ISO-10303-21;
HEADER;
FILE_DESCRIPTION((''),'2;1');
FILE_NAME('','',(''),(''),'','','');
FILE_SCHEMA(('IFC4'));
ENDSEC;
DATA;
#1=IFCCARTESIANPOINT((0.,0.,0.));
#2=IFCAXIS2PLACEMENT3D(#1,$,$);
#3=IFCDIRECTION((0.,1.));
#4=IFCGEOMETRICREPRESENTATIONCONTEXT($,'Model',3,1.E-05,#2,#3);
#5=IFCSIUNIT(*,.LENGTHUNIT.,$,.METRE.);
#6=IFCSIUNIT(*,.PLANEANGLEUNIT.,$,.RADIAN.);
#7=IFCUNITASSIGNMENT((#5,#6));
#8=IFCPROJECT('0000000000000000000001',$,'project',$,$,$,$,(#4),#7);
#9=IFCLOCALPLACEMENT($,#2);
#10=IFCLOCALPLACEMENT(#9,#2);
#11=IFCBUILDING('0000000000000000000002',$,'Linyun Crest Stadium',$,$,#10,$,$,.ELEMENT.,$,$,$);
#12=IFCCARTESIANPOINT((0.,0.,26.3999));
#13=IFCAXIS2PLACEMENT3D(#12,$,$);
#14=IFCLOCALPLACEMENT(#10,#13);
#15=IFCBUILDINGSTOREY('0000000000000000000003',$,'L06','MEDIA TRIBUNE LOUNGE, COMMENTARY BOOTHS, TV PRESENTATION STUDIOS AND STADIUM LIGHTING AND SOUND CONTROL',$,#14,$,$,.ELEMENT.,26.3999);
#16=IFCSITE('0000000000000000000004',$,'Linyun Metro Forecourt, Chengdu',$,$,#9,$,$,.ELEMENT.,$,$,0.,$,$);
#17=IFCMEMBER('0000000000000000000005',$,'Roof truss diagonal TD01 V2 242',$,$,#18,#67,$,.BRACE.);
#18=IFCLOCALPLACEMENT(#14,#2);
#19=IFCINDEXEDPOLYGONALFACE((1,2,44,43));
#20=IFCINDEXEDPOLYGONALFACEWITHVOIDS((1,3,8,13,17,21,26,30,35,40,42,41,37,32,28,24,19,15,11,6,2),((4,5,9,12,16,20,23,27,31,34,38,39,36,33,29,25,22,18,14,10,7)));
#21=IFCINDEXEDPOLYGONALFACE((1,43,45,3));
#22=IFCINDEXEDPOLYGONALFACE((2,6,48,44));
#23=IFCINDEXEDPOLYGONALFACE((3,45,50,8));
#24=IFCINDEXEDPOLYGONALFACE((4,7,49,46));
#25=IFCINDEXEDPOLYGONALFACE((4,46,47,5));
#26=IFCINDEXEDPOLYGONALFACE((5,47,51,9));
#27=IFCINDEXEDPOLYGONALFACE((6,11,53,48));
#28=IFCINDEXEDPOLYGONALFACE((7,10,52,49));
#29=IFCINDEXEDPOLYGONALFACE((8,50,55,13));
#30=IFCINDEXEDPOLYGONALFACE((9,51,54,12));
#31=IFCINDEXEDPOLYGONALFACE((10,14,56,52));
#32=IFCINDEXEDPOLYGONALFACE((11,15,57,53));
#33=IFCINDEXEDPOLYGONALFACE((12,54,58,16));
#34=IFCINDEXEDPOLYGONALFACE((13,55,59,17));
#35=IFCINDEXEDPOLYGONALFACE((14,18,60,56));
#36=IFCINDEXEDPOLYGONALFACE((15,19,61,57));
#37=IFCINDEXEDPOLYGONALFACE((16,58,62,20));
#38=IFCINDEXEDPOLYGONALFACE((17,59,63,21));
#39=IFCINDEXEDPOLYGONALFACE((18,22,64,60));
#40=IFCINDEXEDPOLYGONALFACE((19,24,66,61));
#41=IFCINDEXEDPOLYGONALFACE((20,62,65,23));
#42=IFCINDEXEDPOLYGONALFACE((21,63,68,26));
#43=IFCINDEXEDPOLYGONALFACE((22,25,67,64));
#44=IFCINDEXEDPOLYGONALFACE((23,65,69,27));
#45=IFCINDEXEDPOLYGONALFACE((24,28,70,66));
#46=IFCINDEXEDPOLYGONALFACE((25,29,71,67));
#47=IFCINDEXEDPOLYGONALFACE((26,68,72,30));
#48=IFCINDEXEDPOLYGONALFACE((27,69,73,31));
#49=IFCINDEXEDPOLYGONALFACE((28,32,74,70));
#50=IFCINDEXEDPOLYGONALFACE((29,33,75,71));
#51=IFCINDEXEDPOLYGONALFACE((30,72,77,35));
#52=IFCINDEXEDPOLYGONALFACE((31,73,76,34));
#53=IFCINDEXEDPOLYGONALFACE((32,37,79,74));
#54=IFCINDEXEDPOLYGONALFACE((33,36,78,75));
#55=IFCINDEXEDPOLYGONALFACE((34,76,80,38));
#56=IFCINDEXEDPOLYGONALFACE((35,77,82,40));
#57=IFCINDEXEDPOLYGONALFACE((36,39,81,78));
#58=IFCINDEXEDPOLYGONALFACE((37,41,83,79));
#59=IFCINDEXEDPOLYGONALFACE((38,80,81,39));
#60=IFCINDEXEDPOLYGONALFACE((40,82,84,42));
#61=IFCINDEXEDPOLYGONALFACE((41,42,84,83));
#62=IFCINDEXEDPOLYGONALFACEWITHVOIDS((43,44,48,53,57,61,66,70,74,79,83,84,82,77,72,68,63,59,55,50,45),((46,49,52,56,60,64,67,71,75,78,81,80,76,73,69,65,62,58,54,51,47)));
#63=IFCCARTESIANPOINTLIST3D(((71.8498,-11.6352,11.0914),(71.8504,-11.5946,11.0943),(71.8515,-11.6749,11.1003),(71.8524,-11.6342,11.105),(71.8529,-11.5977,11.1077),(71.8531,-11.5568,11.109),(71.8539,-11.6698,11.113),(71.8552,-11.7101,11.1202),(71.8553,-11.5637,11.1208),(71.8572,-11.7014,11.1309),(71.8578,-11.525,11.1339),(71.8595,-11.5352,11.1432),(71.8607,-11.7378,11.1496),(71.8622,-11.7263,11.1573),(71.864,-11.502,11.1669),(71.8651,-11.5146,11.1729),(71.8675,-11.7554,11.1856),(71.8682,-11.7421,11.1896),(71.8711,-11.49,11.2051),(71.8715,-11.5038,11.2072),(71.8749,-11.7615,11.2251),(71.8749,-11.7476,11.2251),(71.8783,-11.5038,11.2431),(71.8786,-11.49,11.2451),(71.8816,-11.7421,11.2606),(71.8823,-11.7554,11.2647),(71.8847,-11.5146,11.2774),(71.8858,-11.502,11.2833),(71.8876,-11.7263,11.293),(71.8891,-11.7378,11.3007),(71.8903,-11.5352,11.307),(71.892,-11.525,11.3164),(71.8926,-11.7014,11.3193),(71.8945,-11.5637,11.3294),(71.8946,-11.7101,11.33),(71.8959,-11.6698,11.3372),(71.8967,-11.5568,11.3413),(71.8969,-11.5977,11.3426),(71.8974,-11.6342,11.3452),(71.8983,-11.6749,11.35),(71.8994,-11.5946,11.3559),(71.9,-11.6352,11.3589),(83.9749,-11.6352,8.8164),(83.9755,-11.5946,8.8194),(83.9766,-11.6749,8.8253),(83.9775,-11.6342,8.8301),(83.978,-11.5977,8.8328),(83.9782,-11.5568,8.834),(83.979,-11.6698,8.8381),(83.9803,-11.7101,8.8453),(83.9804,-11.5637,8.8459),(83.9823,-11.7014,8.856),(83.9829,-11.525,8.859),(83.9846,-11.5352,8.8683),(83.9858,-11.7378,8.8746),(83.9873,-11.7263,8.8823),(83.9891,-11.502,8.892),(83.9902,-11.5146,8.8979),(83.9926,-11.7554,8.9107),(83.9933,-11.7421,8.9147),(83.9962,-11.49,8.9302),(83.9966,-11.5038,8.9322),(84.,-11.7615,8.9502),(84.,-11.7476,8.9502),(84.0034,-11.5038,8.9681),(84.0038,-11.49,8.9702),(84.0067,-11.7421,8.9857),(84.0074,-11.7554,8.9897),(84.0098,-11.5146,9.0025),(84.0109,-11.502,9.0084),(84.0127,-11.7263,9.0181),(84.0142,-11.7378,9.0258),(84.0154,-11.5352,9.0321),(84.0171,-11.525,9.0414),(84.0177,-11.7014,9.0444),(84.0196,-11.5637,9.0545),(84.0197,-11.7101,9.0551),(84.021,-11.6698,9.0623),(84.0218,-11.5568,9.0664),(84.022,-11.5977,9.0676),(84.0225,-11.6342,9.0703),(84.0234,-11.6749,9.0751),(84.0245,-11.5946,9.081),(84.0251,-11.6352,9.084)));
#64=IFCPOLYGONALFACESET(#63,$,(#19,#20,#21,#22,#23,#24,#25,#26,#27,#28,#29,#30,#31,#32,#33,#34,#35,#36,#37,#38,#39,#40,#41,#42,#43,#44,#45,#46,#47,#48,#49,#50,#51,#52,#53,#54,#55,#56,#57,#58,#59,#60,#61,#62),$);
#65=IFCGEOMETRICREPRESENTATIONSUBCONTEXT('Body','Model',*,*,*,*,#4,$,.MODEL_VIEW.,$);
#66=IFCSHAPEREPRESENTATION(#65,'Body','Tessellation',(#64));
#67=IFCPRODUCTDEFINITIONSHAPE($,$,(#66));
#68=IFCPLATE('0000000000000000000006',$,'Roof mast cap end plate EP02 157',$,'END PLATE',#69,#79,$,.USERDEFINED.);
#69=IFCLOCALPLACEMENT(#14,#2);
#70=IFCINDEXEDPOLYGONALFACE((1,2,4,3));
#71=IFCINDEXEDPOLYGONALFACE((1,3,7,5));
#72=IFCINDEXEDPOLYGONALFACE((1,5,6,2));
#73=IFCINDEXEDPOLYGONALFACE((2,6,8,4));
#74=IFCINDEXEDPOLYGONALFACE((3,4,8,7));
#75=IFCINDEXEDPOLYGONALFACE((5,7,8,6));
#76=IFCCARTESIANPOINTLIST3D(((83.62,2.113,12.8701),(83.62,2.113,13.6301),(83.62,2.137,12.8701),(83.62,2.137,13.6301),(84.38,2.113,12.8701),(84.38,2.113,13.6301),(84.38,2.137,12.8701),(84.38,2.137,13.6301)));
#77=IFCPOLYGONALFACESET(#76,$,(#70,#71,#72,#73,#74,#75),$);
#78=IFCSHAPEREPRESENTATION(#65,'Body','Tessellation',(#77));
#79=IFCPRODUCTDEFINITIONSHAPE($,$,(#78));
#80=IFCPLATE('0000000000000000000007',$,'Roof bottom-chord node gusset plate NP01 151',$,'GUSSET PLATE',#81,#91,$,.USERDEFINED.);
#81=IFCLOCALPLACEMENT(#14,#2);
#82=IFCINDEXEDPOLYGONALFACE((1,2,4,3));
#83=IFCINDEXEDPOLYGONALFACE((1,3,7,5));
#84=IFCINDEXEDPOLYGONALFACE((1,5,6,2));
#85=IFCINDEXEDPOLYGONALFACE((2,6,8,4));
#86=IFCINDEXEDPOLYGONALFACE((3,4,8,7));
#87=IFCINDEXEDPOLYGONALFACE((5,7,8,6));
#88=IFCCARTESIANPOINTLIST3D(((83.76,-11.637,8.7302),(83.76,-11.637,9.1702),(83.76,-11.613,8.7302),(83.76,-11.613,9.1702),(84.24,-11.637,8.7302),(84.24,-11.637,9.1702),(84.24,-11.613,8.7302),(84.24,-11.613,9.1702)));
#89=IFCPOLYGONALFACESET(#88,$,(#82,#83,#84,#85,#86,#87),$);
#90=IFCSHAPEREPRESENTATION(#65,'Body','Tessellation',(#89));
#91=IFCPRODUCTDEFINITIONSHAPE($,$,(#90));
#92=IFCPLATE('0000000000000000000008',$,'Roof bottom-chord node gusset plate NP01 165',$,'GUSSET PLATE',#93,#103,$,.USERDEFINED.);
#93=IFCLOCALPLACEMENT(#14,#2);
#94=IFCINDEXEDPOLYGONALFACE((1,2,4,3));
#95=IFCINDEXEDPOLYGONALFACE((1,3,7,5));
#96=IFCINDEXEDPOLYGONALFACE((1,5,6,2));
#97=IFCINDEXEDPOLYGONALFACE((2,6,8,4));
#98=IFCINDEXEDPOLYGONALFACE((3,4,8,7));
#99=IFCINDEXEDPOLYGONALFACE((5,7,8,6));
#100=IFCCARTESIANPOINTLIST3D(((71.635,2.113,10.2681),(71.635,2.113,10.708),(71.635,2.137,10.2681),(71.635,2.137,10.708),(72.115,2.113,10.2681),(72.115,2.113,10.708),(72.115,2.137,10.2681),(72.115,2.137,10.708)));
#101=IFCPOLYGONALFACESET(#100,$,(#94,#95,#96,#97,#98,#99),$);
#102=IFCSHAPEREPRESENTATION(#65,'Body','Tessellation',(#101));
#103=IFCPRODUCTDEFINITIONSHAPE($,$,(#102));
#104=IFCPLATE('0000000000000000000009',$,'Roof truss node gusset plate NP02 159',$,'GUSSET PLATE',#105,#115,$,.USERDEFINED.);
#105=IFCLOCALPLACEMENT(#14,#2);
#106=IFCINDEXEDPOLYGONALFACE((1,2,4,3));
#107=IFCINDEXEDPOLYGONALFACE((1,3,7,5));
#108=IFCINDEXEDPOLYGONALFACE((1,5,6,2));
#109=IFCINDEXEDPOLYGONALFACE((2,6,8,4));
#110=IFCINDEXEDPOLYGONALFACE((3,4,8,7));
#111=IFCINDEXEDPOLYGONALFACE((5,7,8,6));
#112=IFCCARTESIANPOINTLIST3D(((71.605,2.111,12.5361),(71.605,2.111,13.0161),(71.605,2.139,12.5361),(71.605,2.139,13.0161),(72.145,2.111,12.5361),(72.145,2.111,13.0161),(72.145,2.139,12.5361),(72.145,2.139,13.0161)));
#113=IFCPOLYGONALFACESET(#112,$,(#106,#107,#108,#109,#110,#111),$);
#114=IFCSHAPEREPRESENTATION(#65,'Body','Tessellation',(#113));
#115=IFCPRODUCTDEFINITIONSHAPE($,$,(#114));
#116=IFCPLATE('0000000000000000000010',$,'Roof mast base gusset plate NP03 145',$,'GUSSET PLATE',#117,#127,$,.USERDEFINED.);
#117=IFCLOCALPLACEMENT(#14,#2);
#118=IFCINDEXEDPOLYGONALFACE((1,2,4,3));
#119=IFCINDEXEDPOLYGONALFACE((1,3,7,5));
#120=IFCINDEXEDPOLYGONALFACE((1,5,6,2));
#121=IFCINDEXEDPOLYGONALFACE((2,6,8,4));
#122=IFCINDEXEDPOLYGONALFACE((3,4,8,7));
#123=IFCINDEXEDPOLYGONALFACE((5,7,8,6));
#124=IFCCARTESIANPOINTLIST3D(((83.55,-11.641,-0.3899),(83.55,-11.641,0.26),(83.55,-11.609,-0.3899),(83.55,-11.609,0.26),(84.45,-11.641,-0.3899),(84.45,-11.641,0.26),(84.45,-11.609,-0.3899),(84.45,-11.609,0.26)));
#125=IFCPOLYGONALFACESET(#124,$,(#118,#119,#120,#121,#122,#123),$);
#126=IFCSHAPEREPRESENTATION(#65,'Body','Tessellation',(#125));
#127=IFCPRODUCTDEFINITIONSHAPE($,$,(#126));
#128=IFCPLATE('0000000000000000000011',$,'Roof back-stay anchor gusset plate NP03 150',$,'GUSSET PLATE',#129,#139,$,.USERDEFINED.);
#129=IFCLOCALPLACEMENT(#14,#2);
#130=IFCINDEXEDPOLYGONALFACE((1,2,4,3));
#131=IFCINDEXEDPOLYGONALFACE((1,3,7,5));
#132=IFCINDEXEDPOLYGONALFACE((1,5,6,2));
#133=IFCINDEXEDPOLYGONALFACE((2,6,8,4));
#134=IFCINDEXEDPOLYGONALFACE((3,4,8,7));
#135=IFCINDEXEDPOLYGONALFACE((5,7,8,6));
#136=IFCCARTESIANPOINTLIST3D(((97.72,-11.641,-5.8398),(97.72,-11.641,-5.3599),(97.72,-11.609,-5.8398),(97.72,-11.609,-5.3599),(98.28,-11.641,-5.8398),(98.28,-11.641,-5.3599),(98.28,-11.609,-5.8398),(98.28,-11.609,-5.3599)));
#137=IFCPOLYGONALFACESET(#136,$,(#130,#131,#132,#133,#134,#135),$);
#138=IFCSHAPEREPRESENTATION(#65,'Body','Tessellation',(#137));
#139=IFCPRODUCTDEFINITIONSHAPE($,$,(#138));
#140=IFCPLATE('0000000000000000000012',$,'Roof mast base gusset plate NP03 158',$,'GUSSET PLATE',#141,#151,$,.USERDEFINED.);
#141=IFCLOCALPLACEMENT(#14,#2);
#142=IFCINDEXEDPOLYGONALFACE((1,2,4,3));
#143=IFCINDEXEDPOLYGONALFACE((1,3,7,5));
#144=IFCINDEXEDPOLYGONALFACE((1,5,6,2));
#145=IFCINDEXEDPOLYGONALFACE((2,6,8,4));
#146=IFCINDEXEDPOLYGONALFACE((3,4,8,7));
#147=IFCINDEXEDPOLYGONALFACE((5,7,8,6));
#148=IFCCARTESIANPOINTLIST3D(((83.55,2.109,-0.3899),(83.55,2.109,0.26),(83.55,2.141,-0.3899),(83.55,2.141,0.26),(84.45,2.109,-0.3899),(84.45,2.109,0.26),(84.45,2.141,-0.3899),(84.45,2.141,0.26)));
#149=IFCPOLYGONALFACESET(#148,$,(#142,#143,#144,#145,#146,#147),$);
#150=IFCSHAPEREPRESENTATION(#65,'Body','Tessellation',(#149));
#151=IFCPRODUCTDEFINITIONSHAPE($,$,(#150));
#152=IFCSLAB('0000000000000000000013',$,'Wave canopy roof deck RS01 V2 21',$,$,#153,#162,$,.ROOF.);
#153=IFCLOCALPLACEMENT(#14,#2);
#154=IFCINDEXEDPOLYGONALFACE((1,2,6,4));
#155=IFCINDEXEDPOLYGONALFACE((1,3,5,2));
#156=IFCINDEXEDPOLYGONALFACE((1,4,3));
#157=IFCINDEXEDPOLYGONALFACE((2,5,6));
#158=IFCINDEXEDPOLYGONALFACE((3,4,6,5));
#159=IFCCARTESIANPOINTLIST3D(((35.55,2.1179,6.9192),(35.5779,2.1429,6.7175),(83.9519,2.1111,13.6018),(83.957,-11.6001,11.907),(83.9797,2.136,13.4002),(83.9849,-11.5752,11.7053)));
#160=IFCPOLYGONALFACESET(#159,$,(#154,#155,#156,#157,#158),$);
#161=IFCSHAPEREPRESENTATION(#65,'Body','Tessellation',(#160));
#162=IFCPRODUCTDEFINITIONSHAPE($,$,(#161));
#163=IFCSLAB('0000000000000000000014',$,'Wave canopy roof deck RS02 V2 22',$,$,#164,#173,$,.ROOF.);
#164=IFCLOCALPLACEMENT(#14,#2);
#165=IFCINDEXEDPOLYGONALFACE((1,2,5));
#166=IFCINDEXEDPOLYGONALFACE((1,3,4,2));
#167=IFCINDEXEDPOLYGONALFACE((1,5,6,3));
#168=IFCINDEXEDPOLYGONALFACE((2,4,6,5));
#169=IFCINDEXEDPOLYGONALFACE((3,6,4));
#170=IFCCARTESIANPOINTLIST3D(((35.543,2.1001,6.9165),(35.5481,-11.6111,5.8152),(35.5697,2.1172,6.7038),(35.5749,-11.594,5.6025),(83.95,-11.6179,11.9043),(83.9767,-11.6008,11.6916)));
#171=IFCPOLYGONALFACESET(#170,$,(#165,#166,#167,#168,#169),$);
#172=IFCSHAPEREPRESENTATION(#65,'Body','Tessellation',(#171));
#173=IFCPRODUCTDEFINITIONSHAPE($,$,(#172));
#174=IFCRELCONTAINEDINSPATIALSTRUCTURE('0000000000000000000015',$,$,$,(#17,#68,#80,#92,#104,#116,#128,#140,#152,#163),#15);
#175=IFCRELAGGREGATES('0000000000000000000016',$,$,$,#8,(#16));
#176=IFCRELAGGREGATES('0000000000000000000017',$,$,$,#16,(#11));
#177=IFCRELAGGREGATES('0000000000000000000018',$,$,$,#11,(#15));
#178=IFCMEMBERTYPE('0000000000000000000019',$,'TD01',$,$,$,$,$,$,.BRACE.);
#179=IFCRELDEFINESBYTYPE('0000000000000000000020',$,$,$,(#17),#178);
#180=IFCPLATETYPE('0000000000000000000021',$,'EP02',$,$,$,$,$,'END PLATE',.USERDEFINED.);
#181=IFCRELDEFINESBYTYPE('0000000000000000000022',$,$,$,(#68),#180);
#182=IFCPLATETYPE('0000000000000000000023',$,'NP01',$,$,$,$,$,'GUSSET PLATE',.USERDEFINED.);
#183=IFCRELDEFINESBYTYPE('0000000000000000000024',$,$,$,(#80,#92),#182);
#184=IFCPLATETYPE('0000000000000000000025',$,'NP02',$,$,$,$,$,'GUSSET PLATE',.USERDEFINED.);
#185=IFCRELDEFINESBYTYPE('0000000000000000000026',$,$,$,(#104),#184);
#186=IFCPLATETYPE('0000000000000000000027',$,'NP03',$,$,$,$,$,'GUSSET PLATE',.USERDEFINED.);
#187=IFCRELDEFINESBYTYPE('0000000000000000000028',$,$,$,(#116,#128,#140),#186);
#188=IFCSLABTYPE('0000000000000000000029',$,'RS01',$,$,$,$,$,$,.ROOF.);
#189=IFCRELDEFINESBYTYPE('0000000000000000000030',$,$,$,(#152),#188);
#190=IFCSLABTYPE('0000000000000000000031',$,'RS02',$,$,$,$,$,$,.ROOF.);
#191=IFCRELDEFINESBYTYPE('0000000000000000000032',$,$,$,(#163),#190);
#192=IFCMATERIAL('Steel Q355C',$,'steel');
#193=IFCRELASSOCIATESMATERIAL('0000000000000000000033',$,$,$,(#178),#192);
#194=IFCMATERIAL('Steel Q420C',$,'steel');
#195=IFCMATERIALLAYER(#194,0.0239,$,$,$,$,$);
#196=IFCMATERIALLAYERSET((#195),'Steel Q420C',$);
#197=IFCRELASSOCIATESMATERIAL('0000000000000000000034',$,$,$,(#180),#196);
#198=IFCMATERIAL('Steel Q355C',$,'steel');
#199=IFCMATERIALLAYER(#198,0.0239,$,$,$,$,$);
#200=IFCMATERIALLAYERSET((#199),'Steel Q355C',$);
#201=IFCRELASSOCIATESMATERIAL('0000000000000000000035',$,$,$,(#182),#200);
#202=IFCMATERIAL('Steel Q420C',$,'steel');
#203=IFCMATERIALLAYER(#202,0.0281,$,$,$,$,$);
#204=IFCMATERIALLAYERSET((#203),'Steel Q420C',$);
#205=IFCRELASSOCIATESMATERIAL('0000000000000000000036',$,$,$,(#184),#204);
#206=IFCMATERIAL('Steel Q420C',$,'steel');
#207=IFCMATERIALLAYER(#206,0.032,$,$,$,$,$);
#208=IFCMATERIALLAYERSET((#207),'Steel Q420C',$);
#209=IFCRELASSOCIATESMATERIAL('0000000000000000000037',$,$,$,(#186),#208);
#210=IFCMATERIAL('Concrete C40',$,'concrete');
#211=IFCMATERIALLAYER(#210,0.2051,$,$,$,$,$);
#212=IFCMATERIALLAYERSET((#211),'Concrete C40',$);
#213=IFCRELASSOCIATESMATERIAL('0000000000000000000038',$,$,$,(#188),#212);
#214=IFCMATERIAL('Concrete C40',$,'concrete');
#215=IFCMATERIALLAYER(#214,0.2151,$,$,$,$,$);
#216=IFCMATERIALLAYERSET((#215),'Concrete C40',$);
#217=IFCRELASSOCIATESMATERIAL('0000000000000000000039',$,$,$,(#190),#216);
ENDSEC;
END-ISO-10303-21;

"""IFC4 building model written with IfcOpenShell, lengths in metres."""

from ifc_helpers import new_model, si_unit, direction, frame, origin, origin_2d, place, context, subcontext, project, spatial, polyline, rectangle, hollow_circle, outline, extrude, material, layer, layer_set, material_profile, profile_set, type_object, element, save


model = new_model("IFC4")

# Units and contexts
model_context = context("Model", 3, precision=1e-05, world=origin(), true_north=direction((0.0, 1.0)))
body_context = subcontext(model_context, "Body", "Model", "MODEL_VIEW")
ifc_project = project(units=[si_unit("LENGTHUNIT", "METRE"), si_unit("PLANEANGLEUNIT", "RADIAN")], contexts=[model_context])

# Site, building, storey
site_placement = place(None, origin())
site = spatial("IfcSite", under=ifc_project, at=site_placement, Name="Linyun Metro Forecourt, Chengdu", CompositionType="ELEMENT", RefElevation=0.0)
building_placement = place(site_placement, origin())
building = spatial("IfcBuilding", under=site, at=building_placement, Name="Linyun Crest Stadium", CompositionType="ELEMENT")
storey_placement = place(building_placement, frame((0.0, 0.0, 26.3999)))
storey = spatial("IfcBuildingStorey", under=building, at=storey_placement, Name="L06", Description="MEDIA TRIBUNE LOUNGE, COMMENTARY BOOTHS, TV PRESENTATION STUDIOS AND STADIUM LIGHTING AND SOUND CONTROL", CompositionType="ELEMENT", Elevation=26.3999)

# Member
ifc_material_1 = material(Name="Steel Q355C", Category="steel")
ifc_material_profile_1 = material_profile(ifc_material_1, hollow_circle(Radius=0.1365, WallThickness=0.0139, at=origin_2d()), Name="CHS 273x14")
ifc_profile_set_1 = profile_set([ifc_material_profile_1], Name="Steel Q355C")
member_type_1 = type_object("IfcMemberType", Name="TD01", PredefinedType="BRACE", material=ifc_profile_set_1)
member_1_placement = place(storey_placement, frame((84.0, -11.625, 8.9502), z_axis=(-0.982851, 0.0, 0.184403), x_axis=(0.0, -1.0, 0.0)))
element("IfcMember", 1, at=member_1_placement, inside=storey, type_object=member_type_1, Name="Roof truss diagonal TD01 V2 242", PredefinedType="BRACE", context=body_context, shape_type="SweptSolid", body=[
    extrude(hollow_circle(Radius=0.1365, WallThickness=0.0139, at=origin_2d()), origin(), (0.0, 0.0, 1.0), 12.3367),
])

# Plates
ifc_material_2 = material(Name="Steel Q420C", Category="steel")
ifc_layer_1 = layer(ifc_material_2, 0.0239)
ifc_layer_set_1 = layer_set([ifc_layer_1], Name="Steel Q420C")
plate_type_1 = type_object("IfcPlateType", Name="EP02", ElementType="END PLATE", PredefinedType="USERDEFINED", material=ifc_layer_set_1)
plate_1_placement = place(storey_placement, frame((84.0, 2.125, 12.8701), z_axis=(0.0, 0.0, 1.0), x_axis=(1.0, 0.0, 0.0)))
element("IfcPlate", 2, at=plate_1_placement, inside=storey, type_object=plate_type_1, Name="Roof mast cap end plate EP02 157", ObjectType="END PLATE", PredefinedType="USERDEFINED", context=body_context, shape_type="SweptSolid", body=[
    extrude(rectangle(XDim=0.76, YDim=0.0239, at=origin_2d()), origin(), (0.0, 0.0, 1.0), 0.76),
])
ifc_material_3 = material(Name="Steel Q355C", Category="steel")
ifc_layer_2 = layer(ifc_material_3, 0.0239)
ifc_layer_set_2 = layer_set([ifc_layer_2], Name="Steel Q355C")
plate_type_2 = type_object("IfcPlateType", Name="NP01", ElementType="GUSSET PLATE", PredefinedType="USERDEFINED", material=ifc_layer_set_2)
for number, where, z_axis, x_axis, name in (
    (3, (84.0, -11.625, 8.7302), (0.0, 0.0, 1.0), (1.0, 0.0, 0.0), "Roof bottom-chord node gusset plate NP01 151"),
    (4, (71.875, 2.125, 10.2681), (0.0, 0.0, 1.0), (1.0, 0.0, 0.0), "Roof bottom-chord node gusset plate NP01 165"),
):
    element("IfcPlate", number, at=place(storey_placement, frame(where, z_axis=z_axis, x_axis=x_axis)), inside=storey, type_object=plate_type_2, Name=name, ObjectType="GUSSET PLATE", PredefinedType="USERDEFINED", context=body_context, shape_type="SweptSolid", body=[
        extrude(rectangle(XDim=0.48, YDim=0.0239, at=origin_2d()), origin(), (0.0, 0.0, 1.0), 0.4399),
    ])
ifc_material_4 = material(Name="Steel Q420C", Category="steel")
ifc_layer_3 = layer(ifc_material_4, 0.0281)
ifc_layer_set_3 = layer_set([ifc_layer_3], Name="Steel Q420C")
plate_type_3 = type_object("IfcPlateType", Name="NP02", ElementType="GUSSET PLATE", PredefinedType="USERDEFINED", material=ifc_layer_set_3)
plate_2_placement = place(storey_placement, frame((71.875, 2.125, 12.5361), z_axis=(0.0, 0.0, 1.0), x_axis=(1.0, 0.0, 0.0)))
element("IfcPlate", 5, at=plate_2_placement, inside=storey, type_object=plate_type_3, Name="Roof truss node gusset plate NP02 159", ObjectType="GUSSET PLATE", PredefinedType="USERDEFINED", context=body_context, shape_type="SweptSolid", body=[
    extrude(rectangle(XDim=0.54, YDim=0.0281, at=origin_2d()), origin(), (0.0, 0.0, 1.0), 0.48),
])
ifc_material_5 = material(Name="Steel Q420C", Category="steel")
ifc_layer_4 = layer(ifc_material_5, 0.032)
ifc_layer_set_4 = layer_set([ifc_layer_4], Name="Steel Q420C")
plate_type_4 = type_object("IfcPlateType", Name="NP03", ElementType="GUSSET PLATE", PredefinedType="USERDEFINED", material=ifc_layer_set_4)
plate_3_placement = place(storey_placement, frame((84.0, -11.625, -0.3899), z_axis=(0.0, 0.0, 1.0), x_axis=(1.0, 0.0, 0.0)))
element("IfcPlate", 6, at=plate_3_placement, inside=storey, type_object=plate_type_4, Name="Roof mast base gusset plate NP03 145", ObjectType="GUSSET PLATE", PredefinedType="USERDEFINED", context=body_context, shape_type="SweptSolid", body=[
    extrude(rectangle(XDim=0.8999, YDim=0.032, at=origin_2d()), origin(), (0.0, 0.0, 1.0), 0.6499),
])
plate_4_placement = place(storey_placement, frame((98.0, -11.625, -5.8398), z_axis=(0.0, 0.0, 1.0), x_axis=(1.0, 0.0, 0.0)))
element("IfcPlate", 7, at=plate_4_placement, inside=storey, type_object=plate_type_4, Name="Roof back-stay anchor gusset plate NP03 150", ObjectType="GUSSET PLATE", PredefinedType="USERDEFINED", context=body_context, shape_type="SweptSolid", body=[
    extrude(rectangle(XDim=0.5601, YDim=0.032, at=origin_2d()), origin(), (0.0, 0.0, 1.0), 0.48),
])
plate_5_placement = place(storey_placement, frame((84.0, 2.125, -0.3899), z_axis=(0.0, 0.0, 1.0), x_axis=(1.0, 0.0, 0.0)))
element("IfcPlate", 8, at=plate_5_placement, inside=storey, type_object=plate_type_4, Name="Roof mast base gusset plate NP03 158", ObjectType="GUSSET PLATE", PredefinedType="USERDEFINED", context=body_context, shape_type="SweptSolid", body=[
    extrude(rectangle(XDim=0.8999, YDim=0.032, at=origin_2d()), origin(), (0.0, 0.0, 1.0), 0.6499),
])

# Slabs
ifc_material_6 = material(Name="Concrete C40", Category="concrete")
ifc_layer_5 = layer(ifc_material_6, 0.2051)
ifc_layer_set_5 = layer_set([ifc_layer_5], Name="Concrete C40")
slab_type_1 = type_object("IfcSlabType", Name="RS01", PredefinedType="ROOF", material=ifc_layer_set_5)
slab_1_placement = place(storey_placement, frame((83.957, -11.6001, 11.907), z_axis=(-0.13577, -0.121589, 0.983251), x_axis=(-0.000371, 0.992447, 0.122675)))
element("IfcSlab", 9, at=slab_1_placement, inside=storey, type_object=slab_type_1, Name="Wave canopy roof deck RS01 V2 21", PredefinedType="ROOF", context=body_context, shape_type="SweptSolid", body=[
    extrude(outline(polyline([(0.0, 0.0), (13.8155, 0.0), (13.0205, 48.8545), (0.0, 0.0)])), origin(), (0.0, 0.0, -1.0), 0.2051),
])
ifc_material_7 = material(Name="Concrete C40", Category="concrete")
ifc_layer_6 = layer(ifc_material_7, 0.2151)
ifc_layer_set_6 = layer_set([ifc_layer_6], Name="Concrete C40")
slab_type_2 = type_object("IfcSlabType", Name="RS02", PredefinedType="ROOF", material=ifc_layer_set_6)
slab_2_placement = place(storey_placement, frame((83.95, -11.6179, 11.9043), z_axis=(-0.124436, -0.079489, 0.989039), x_axis=(-0.957419, 0.271322, -0.098651)))
element("IfcSlab", 10, at=slab_2_placement, inside=storey, type_object=slab_type_2, Name="Wave canopy roof deck RS02 V2 22", PredefinedType="ROOF", context=body_context, shape_type="SweptSolid", body=[
    extrude(outline(polyline([(0.0, 0.0), (50.5598, 0.0), (46.9434, 13.2714), (0.0, 0.0)])), origin(), (0.0, 0.0, -1.0), 0.2151),
])

save(model, "model.ifc")
